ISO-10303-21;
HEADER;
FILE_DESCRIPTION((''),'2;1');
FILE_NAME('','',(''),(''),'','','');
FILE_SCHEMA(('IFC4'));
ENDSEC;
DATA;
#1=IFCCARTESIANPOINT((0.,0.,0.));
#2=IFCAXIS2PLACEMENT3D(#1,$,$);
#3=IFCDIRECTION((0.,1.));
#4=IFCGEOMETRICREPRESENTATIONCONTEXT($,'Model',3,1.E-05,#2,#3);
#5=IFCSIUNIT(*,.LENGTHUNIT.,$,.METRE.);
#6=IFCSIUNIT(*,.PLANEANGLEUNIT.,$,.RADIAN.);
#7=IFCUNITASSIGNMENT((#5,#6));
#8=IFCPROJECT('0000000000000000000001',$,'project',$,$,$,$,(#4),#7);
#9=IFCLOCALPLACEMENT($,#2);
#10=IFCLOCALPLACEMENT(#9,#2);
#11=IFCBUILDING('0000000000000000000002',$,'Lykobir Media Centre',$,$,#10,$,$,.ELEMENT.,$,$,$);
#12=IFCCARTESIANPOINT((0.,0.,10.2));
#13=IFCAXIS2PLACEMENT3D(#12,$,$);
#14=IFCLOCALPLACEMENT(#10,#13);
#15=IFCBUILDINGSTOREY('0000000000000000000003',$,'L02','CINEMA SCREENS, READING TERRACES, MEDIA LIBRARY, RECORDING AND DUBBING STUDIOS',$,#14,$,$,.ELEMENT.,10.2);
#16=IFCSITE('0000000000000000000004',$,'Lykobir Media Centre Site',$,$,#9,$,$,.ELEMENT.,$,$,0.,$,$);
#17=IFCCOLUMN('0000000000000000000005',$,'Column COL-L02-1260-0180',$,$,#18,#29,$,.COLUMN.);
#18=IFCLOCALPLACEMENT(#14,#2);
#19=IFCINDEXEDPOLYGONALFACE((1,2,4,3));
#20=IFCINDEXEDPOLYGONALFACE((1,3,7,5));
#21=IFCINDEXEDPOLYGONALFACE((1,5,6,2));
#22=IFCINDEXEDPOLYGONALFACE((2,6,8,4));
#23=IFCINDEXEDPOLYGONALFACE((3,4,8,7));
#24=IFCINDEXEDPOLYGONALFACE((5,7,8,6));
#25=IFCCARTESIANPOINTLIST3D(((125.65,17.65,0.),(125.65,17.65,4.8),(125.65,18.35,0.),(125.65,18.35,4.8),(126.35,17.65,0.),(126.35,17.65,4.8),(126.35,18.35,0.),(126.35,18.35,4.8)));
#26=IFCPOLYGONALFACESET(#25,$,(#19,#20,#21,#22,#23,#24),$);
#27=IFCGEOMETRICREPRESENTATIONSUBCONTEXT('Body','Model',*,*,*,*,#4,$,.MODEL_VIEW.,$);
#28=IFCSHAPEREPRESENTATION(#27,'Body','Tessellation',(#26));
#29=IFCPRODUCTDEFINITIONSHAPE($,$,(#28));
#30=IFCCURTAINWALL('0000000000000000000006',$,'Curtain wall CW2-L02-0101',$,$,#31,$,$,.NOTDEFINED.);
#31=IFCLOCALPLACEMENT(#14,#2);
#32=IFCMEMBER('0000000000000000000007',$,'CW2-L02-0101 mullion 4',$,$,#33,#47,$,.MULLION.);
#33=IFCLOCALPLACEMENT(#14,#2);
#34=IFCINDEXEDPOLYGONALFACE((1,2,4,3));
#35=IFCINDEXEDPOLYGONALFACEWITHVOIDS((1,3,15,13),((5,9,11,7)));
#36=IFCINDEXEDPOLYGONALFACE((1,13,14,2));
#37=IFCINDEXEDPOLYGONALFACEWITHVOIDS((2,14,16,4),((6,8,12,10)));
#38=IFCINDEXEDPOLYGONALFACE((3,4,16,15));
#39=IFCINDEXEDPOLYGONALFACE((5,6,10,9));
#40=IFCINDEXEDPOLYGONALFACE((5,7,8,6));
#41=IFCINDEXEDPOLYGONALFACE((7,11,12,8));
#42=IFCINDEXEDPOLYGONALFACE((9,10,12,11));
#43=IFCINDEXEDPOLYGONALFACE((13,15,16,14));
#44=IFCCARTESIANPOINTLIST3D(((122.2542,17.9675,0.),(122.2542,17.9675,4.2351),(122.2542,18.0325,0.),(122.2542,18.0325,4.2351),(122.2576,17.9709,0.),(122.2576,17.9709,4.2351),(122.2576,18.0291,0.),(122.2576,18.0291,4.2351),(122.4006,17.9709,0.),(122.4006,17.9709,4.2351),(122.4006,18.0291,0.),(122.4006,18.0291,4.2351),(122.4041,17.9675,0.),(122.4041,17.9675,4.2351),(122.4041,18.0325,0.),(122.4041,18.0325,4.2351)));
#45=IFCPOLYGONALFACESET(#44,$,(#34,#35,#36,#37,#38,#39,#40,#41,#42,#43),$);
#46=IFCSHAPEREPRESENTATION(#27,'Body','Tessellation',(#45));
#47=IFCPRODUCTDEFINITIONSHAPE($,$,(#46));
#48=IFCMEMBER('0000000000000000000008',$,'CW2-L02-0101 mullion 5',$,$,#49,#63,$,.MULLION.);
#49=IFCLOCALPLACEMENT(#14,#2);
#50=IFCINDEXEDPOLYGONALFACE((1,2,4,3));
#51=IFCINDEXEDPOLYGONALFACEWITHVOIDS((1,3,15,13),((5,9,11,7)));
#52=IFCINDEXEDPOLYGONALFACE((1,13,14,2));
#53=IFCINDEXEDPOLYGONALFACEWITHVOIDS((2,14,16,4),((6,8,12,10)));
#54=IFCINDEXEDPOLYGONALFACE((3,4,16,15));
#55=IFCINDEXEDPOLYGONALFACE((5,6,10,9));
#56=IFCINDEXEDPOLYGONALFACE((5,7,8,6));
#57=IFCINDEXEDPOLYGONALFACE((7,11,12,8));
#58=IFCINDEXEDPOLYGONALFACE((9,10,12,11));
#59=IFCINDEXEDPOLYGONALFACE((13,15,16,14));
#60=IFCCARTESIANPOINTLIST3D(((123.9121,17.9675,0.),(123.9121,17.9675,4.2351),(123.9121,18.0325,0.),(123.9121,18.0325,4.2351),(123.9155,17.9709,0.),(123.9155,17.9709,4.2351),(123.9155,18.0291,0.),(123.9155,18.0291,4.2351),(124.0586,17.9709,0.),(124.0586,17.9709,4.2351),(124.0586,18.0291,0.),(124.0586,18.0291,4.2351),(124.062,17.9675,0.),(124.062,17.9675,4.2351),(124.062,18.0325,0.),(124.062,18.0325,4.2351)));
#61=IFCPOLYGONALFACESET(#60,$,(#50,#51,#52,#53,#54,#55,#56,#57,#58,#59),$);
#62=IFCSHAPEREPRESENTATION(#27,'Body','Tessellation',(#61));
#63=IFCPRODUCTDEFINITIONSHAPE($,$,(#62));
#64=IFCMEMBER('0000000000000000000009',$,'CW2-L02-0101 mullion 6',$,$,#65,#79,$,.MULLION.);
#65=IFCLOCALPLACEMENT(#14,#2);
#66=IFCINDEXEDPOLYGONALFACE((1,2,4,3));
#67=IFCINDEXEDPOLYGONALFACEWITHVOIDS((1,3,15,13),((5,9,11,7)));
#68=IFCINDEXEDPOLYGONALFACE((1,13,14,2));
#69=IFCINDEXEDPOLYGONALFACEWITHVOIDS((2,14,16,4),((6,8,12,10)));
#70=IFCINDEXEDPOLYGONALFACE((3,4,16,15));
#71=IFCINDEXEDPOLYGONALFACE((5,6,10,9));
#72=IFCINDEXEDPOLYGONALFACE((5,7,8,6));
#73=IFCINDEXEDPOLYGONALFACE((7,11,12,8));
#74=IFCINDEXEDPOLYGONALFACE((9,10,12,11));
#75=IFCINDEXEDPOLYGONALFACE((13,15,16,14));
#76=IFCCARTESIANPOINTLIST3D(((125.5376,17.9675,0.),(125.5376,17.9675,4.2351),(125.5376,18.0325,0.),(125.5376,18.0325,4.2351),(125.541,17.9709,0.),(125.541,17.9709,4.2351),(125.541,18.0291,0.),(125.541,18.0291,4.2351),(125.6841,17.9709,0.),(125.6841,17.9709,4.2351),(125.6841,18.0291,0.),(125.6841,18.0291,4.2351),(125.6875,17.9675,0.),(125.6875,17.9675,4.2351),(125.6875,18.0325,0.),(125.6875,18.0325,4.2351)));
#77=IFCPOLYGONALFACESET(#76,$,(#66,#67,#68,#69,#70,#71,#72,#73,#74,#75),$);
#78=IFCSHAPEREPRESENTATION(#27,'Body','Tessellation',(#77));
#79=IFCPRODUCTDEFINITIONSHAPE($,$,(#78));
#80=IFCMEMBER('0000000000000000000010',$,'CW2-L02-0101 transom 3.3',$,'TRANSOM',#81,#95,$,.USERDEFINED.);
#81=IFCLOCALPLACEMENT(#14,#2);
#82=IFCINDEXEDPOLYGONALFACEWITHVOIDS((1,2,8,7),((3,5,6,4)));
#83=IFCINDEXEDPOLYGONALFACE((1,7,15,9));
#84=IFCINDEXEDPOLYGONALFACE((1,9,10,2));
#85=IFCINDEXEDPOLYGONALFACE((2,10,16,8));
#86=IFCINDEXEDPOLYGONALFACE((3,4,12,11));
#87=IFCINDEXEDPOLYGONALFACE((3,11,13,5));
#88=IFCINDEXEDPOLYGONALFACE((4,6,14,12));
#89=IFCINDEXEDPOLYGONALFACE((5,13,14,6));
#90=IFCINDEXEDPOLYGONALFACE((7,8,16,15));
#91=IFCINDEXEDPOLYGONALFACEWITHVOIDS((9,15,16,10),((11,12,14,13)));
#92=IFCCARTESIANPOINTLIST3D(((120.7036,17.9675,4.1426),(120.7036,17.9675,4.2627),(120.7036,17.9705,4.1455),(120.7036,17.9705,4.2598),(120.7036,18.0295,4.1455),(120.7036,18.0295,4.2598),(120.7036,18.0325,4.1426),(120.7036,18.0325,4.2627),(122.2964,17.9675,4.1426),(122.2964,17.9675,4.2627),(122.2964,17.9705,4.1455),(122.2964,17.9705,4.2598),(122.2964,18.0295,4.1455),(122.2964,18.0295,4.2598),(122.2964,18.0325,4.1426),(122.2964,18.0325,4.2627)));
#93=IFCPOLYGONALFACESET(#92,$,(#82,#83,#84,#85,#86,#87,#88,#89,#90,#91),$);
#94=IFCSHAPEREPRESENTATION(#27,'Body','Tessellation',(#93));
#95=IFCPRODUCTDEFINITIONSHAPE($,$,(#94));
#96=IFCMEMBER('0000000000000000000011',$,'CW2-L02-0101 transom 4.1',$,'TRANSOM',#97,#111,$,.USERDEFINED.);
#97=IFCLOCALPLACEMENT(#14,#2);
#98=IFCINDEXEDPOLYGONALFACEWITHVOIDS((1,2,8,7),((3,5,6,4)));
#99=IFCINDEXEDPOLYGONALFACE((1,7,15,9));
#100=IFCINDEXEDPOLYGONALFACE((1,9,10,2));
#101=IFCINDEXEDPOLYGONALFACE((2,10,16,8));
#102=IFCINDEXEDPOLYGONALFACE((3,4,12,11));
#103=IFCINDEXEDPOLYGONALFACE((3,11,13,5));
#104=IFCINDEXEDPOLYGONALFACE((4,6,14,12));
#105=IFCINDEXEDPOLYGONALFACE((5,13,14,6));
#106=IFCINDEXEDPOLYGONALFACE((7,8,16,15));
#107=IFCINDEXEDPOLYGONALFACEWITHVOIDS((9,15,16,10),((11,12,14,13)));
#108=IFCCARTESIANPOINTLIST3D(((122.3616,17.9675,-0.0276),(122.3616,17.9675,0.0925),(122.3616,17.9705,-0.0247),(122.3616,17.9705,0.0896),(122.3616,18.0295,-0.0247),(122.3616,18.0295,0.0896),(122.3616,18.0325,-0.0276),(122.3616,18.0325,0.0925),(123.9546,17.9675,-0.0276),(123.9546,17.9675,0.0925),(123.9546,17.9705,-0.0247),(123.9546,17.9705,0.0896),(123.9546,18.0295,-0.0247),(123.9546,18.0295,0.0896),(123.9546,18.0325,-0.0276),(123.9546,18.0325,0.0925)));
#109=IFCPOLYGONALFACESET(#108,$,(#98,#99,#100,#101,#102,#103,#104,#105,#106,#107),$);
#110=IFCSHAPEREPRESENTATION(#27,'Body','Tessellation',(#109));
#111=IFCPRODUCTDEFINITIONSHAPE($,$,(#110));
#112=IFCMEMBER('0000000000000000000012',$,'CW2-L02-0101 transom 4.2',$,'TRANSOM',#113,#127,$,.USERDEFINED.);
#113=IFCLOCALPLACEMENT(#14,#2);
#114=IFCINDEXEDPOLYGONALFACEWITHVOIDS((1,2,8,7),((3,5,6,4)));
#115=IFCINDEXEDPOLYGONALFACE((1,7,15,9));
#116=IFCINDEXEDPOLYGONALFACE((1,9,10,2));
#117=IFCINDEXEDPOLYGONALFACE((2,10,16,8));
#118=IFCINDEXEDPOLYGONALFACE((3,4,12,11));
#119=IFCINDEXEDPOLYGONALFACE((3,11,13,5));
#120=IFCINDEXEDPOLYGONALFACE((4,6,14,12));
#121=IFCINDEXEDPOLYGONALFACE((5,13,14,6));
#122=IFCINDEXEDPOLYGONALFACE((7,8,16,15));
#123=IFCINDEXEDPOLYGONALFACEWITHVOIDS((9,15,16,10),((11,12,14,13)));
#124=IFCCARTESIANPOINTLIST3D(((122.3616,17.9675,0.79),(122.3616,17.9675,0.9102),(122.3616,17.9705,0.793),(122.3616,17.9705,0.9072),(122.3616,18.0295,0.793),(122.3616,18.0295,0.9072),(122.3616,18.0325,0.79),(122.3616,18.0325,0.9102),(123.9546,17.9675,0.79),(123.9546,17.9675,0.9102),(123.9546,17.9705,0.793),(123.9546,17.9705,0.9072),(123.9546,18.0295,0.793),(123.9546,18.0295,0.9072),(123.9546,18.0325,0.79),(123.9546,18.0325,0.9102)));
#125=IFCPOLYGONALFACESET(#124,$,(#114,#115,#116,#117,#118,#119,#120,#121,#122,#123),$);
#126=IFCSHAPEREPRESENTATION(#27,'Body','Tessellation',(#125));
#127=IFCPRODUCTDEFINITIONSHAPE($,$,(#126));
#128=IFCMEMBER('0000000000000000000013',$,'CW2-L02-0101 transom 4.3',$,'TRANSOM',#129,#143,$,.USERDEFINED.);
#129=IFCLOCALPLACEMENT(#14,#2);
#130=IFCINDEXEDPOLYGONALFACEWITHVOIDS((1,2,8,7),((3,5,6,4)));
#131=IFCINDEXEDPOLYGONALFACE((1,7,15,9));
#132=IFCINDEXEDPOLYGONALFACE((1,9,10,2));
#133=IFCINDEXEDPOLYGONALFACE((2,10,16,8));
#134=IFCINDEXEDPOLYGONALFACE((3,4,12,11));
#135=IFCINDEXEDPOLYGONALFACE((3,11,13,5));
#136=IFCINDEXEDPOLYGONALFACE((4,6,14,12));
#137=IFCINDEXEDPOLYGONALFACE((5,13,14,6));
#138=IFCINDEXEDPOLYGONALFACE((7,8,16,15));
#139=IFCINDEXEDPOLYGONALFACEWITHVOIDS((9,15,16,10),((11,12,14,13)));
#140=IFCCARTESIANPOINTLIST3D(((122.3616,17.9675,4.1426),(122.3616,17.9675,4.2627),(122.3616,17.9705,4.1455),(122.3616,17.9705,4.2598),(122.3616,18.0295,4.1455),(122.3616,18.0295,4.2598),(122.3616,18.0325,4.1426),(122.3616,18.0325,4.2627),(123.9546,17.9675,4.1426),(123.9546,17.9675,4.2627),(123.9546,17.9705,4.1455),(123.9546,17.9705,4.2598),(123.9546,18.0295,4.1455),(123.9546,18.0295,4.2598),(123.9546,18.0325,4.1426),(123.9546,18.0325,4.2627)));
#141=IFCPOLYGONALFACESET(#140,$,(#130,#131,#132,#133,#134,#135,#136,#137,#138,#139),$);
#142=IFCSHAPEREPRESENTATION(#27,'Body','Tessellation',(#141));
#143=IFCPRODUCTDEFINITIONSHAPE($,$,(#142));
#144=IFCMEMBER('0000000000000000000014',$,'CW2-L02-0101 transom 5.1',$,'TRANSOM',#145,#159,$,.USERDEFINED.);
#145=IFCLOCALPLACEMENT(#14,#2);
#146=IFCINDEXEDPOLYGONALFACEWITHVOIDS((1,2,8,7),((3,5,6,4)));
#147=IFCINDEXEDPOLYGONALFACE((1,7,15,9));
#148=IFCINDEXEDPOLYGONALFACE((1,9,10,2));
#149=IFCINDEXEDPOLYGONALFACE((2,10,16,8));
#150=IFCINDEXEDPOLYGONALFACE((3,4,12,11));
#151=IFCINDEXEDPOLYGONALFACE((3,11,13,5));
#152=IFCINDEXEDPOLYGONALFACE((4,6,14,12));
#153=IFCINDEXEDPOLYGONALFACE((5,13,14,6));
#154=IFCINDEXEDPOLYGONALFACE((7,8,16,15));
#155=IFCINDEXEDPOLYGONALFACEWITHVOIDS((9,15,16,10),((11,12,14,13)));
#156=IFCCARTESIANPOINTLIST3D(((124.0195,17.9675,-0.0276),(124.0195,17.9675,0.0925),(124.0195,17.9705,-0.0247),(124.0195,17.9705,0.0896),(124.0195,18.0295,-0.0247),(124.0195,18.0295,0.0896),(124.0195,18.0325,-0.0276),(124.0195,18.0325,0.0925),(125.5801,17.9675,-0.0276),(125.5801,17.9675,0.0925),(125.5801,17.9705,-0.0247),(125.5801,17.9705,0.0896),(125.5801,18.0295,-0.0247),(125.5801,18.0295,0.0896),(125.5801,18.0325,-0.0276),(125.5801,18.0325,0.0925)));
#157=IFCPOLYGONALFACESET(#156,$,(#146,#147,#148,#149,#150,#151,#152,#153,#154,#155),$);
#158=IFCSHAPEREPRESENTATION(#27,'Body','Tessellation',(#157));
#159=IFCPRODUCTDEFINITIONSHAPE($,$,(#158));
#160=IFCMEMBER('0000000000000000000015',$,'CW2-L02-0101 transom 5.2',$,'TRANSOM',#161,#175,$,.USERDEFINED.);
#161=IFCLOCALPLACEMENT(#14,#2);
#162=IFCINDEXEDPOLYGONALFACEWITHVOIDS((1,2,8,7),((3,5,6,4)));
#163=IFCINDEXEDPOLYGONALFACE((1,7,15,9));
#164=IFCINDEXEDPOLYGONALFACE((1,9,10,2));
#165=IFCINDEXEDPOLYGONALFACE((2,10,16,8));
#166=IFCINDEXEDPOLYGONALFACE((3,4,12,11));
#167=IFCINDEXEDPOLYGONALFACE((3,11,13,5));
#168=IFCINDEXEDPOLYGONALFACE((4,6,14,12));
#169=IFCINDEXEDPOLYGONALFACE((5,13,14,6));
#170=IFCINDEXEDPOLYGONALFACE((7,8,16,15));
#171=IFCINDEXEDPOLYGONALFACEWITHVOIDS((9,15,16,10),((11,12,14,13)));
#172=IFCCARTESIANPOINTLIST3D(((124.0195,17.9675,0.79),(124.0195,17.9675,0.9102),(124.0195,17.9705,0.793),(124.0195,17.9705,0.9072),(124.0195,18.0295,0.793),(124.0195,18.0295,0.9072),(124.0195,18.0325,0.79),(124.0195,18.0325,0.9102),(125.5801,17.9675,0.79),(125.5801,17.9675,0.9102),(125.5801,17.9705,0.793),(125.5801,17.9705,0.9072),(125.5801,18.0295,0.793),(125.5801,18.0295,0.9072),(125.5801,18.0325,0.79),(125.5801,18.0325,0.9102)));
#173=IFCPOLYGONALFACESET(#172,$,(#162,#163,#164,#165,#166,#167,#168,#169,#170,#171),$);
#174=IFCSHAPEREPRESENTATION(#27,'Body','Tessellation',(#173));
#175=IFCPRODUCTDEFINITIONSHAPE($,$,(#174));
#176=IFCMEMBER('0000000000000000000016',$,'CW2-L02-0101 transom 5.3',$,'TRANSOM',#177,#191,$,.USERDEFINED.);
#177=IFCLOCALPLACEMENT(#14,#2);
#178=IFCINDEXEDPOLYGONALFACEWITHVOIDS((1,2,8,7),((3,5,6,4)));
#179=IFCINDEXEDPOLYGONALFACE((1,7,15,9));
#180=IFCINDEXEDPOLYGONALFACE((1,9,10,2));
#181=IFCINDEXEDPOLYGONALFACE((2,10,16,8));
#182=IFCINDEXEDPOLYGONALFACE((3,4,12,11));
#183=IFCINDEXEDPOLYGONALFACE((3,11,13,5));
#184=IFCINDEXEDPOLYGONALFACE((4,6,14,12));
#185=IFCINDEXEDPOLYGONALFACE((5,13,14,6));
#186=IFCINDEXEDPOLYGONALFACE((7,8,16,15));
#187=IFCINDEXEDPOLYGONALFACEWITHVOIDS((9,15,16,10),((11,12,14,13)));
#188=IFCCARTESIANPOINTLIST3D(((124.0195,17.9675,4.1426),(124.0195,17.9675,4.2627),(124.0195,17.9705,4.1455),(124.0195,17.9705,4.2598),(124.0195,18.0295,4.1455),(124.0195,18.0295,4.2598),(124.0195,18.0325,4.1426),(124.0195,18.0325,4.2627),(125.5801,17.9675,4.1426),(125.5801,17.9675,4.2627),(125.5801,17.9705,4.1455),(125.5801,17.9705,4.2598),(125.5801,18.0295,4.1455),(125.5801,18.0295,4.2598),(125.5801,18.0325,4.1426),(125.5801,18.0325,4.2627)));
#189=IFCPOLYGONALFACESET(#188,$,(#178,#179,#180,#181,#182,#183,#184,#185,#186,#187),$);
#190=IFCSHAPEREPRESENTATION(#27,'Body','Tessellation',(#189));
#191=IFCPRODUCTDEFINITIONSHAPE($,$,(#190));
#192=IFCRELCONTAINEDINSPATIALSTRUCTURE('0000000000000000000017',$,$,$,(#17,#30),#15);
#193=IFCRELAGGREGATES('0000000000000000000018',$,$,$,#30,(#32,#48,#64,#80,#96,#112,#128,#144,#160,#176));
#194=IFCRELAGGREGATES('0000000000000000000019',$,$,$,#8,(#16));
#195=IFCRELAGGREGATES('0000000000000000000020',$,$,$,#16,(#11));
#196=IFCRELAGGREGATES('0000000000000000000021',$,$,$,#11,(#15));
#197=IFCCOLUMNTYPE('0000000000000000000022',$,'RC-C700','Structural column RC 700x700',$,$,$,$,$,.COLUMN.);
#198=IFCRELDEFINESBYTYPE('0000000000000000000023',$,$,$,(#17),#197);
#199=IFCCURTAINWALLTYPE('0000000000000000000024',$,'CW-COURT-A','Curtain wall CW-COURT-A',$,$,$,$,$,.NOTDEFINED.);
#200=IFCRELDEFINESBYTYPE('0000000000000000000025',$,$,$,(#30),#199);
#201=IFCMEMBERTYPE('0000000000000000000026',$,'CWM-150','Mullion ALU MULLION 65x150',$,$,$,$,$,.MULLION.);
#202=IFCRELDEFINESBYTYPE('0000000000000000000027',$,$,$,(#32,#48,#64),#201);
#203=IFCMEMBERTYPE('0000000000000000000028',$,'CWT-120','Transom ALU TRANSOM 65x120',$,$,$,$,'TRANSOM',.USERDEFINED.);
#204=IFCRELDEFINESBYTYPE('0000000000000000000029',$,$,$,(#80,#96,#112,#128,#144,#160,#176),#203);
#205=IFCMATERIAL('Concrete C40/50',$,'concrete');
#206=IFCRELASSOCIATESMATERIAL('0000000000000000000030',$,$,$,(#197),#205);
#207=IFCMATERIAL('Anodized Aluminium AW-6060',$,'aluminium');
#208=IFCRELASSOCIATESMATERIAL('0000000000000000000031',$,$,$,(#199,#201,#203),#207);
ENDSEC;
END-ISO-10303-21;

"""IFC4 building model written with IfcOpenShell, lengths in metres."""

from ifc_helpers import new_model, si_unit, direction, frame, origin, origin_2d, place, context, subcontext, project, spatial, rectangle, hollow_rectangle, extrude, material, material_profile, profile_set, type_object, element, aggregate, save


model = new_model("IFC4")

# Units and contexts
model_context = context("Model", 3, precision=1e-05, world=origin(), true_north=direction((0.0, 1.0)))
body_context = subcontext(model_context, "Body", "Model", "MODEL_VIEW")
ifc_project = project(units=[si_unit("LENGTHUNIT", "METRE"), si_unit("PLANEANGLEUNIT", "RADIAN")], contexts=[model_context])

# Site, building, storey
site_placement = place(None, origin())
site = spatial("IfcSite", under=ifc_project, at=site_placement, Name="Lykobir Media Centre Site", CompositionType="ELEMENT", RefElevation=0.0)
building_placement = place(site_placement, origin())
building = spatial("IfcBuilding", under=site, at=building_placement, Name="Lykobir Media Centre", CompositionType="ELEMENT")
storey_placement = place(building_placement, frame((0.0, 0.0, 10.2)))
storey = spatial("IfcBuildingStorey", under=building, at=storey_placement, Name="L02", Description="CINEMA SCREENS, READING TERRACES, MEDIA LIBRARY, RECORDING AND DUBBING STUDIOS", CompositionType="ELEMENT", Elevation=10.2)

# Column
ifc_material_1 = material(Name="Concrete C40/50", Category="concrete")
ifc_material_profile_1 = material_profile(ifc_material_1, rectangle(XDim=0.7, YDim=0.7, at=origin_2d()), Name="RC 700x700")
ifc_profile_set_1 = profile_set([ifc_material_profile_1], Name="Concrete C40/50")
column_type = type_object("IfcColumnType", Name="RC-C700", Description="Structural column RC 700x700", PredefinedType="COLUMN", material=ifc_profile_set_1)
column_placement = place(storey_placement, frame((126.0, 18.0, 0.0), z_axis=(0.0, 0.0, 1.0), x_axis=(1.0, 0.0, 0.0)))
element("IfcColumn", 1, at=column_placement, inside=storey, type_object=column_type, Name="Column COL-L02-1260-0180", PredefinedType="COLUMN", context=body_context, shape_type="SweptSolid", body=[
    extrude(rectangle(XDim=0.7, YDim=0.7, at=origin_2d()), origin(), (0.0, 0.0, 1.0), 4.8),
])

# Curtain wall, members
ifc_material_2 = material(Name="Anodized Aluminium AW-6060", Category="aluminium")
curtain_wall_type = type_object("IfcCurtainWallType", Name="CW-COURT-A", Description="Curtain wall CW-COURT-A", PredefinedType="NOTDEFINED", material=ifc_material_2)
curtain_wall_placement = place(storey_placement, origin())
curtain_wall = element("IfcCurtainWall", 2, at=curtain_wall_placement, inside=storey, type_object=curtain_wall_type, Name="Curtain wall CW2-L02-0101", PredefinedType="NOTDEFINED")
ifc_material_profile_2 = material_profile(ifc_material_2, hollow_rectangle(XDim=0.0649, YDim=0.1499, WallThickness=0.0034, at=origin_2d()), Name="ALU MULLION 65x150")
ifc_profile_set_2 = profile_set([ifc_material_profile_2], Name="Anodized Aluminium AW-6060")
member_type_1 = type_object("IfcMemberType", Name="CWM-150", Description="Mullion ALU MULLION 65x150", PredefinedType="MULLION", material=ifc_profile_set_2)
member_1_placement = place(storey_placement, frame((122.3291, 18.0, 0.0), z_axis=(0.0, 0.0, 1.0), x_axis=(0.0, 1.0, 0.0)))
member_1 = element("IfcMember", 3, at=member_1_placement, type_object=member_type_1, Name="CW2-L02-0101 mullion 4", PredefinedType="MULLION", context=body_context, shape_type="SweptSolid", body=[
    extrude(hollow_rectangle(XDim=0.0649, YDim=0.1499, WallThickness=0.0034, at=origin_2d()), origin(), (0.0, 0.0, 1.0), 4.2351),
])
member_2_placement = place(storey_placement, frame((123.9871, 18.0, 0.0), z_axis=(0.0, 0.0, 1.0), x_axis=(0.0, 1.0, 0.0)))
member_2 = element("IfcMember", 4, at=member_2_placement, type_object=member_type_1, Name="CW2-L02-0101 mullion 5", PredefinedType="MULLION", context=body_context, shape_type="SweptSolid", body=[
    extrude(hollow_rectangle(XDim=0.0649, YDim=0.1499, WallThickness=0.0034, at=origin_2d()), origin(), (0.0, 0.0, 1.0), 4.2351),
])
member_3_placement = place(storey_placement, frame((125.6125, 18.0, 0.0), z_axis=(0.0, 0.0, 1.0), x_axis=(0.0, 1.0, 0.0)))
member_3 = element("IfcMember", 5, at=member_3_placement, type_object=member_type_1, Name="CW2-L02-0101 mullion 6", PredefinedType="MULLION", context=body_context, shape_type="SweptSolid", body=[
    extrude(hollow_rectangle(XDim=0.0649, YDim=0.1499, WallThickness=0.0034, at=origin_2d()), origin(), (0.0, 0.0, 1.0), 4.2351),
])
ifc_material_profile_3 = material_profile(ifc_material_2, hollow_rectangle(XDim=0.0649, YDim=0.1201, WallThickness=0.0029, at=origin_2d()), Name="ALU TRANSOM 65x120")
ifc_profile_set_3 = profile_set([ifc_material_profile_3], Name="Anodized Aluminium AW-6060")
member_type_2 = type_object("IfcMemberType", Name="CWT-120", Description="Transom ALU TRANSOM 65x120", ElementType="TRANSOM", PredefinedType="USERDEFINED", material=ifc_profile_set_3)
member_4_placement = place(storey_placement, frame((120.7036, 18.0, 4.2026), z_axis=(1.0, 0.0, 0.0), x_axis=(0.0, 1.0, 0.0)))
member_4 = element("IfcMember", 6, at=member_4_placement, type_object=member_type_2, Name="CW2-L02-0101 transom 3.3", ObjectType="TRANSOM", PredefinedType="USERDEFINED", context=body_context, shape_type="SweptSolid", body=[
    extrude(hollow_rectangle(XDim=0.0649, YDim=0.1201, WallThickness=0.0029, at=origin_2d()), origin(), (0.0, 0.0, 1.0), 1.5928),
])
member_5_placement = place(storey_placement, frame((122.3616, 18.0, 0.0325), z_axis=(1.0, 0.0, 0.0), x_axis=(0.0, 1.0, 0.0)))
member_5 = element("IfcMember", 7, at=member_5_placement, type_object=member_type_2, Name="CW2-L02-0101 transom 4.1", ObjectType="TRANSOM", PredefinedType="USERDEFINED", context=body_context, shape_type="SweptSolid", body=[
    extrude(hollow_rectangle(XDim=0.0649, YDim=0.1201, WallThickness=0.0029, at=origin_2d()), origin(), (0.0, 0.0, 1.0), 1.593),
])
member_6_placement = place(storey_placement, frame((122.3616, 18.0, 0.8501), z_axis=(1.0, 0.0, 0.0), x_axis=(0.0, 1.0, 0.0)))
member_6 = element("IfcMember", 8, at=member_6_placement, type_object=member_type_2, Name="CW2-L02-0101 transom 4.2", ObjectType="TRANSOM", PredefinedType="USERDEFINED", context=body_context, shape_type="SweptSolid", body=[
    extrude(hollow_rectangle(XDim=0.0649, YDim=0.1201, WallThickness=0.0029, at=origin_2d()), origin(), (0.0, 0.0, 1.0), 1.593),
])
member_7_placement = place(storey_placement, frame((122.3616, 18.0, 4.2026), z_axis=(1.0, 0.0, 0.0), x_axis=(0.0, 1.0, 0.0)))
member_7 = element("IfcMember", 9, at=member_7_placement, type_object=member_type_2, Name="CW2-L02-0101 transom 4.3", ObjectType="TRANSOM", PredefinedType="USERDEFINED", context=body_context, shape_type="SweptSolid", body=[
    extrude(hollow_rectangle(XDim=0.0649, YDim=0.1201, WallThickness=0.0029, at=origin_2d()), origin(), (0.0, 0.0, 1.0), 1.593),
])
member_8_placement = place(storey_placement, frame((124.0195, 18.0, 0.0325), z_axis=(1.0, 0.0, 0.0), x_axis=(0.0, 1.0, 0.0)))
member_8 = element("IfcMember", 10, at=member_8_placement, type_object=member_type_2, Name="CW2-L02-0101 transom 5.1", ObjectType="TRANSOM", PredefinedType="USERDEFINED", context=body_context, shape_type="SweptSolid", body=[
    extrude(hollow_rectangle(XDim=0.0649, YDim=0.1201, WallThickness=0.0029, at=origin_2d()), origin(), (0.0, 0.0, 1.0), 1.5605),
])
member_9_placement = place(storey_placement, frame((124.0195, 18.0, 0.8501), z_axis=(1.0, 0.0, 0.0), x_axis=(0.0, 1.0, 0.0)))
member_9 = element("IfcMember", 11, at=member_9_placement, type_object=member_type_2, Name="CW2-L02-0101 transom 5.2", ObjectType="TRANSOM", PredefinedType="USERDEFINED", context=body_context, shape_type="SweptSolid", body=[
    extrude(hollow_rectangle(XDim=0.0649, YDim=0.1201, WallThickness=0.0029, at=origin_2d()), origin(), (0.0, 0.0, 1.0), 1.5605),
])
member_10_placement = place(storey_placement, frame((124.0195, 18.0, 4.2026), z_axis=(1.0, 0.0, 0.0), x_axis=(0.0, 1.0, 0.0)))
member_10 = element("IfcMember", 12, at=member_10_placement, type_object=member_type_2, Name="CW2-L02-0101 transom 5.3", ObjectType="TRANSOM", PredefinedType="USERDEFINED", context=body_context, shape_type="SweptSolid", body=[
    extrude(hollow_rectangle(XDim=0.0649, YDim=0.1201, WallThickness=0.0029, at=origin_2d()), origin(), (0.0, 0.0, 1.0), 1.5605),
])
aggregate(curtain_wall, [member_1, member_2, member_3, member_4, member_5, member_6, member_7, member_8, member_9, member_10])

save(model, "model.ifc")
